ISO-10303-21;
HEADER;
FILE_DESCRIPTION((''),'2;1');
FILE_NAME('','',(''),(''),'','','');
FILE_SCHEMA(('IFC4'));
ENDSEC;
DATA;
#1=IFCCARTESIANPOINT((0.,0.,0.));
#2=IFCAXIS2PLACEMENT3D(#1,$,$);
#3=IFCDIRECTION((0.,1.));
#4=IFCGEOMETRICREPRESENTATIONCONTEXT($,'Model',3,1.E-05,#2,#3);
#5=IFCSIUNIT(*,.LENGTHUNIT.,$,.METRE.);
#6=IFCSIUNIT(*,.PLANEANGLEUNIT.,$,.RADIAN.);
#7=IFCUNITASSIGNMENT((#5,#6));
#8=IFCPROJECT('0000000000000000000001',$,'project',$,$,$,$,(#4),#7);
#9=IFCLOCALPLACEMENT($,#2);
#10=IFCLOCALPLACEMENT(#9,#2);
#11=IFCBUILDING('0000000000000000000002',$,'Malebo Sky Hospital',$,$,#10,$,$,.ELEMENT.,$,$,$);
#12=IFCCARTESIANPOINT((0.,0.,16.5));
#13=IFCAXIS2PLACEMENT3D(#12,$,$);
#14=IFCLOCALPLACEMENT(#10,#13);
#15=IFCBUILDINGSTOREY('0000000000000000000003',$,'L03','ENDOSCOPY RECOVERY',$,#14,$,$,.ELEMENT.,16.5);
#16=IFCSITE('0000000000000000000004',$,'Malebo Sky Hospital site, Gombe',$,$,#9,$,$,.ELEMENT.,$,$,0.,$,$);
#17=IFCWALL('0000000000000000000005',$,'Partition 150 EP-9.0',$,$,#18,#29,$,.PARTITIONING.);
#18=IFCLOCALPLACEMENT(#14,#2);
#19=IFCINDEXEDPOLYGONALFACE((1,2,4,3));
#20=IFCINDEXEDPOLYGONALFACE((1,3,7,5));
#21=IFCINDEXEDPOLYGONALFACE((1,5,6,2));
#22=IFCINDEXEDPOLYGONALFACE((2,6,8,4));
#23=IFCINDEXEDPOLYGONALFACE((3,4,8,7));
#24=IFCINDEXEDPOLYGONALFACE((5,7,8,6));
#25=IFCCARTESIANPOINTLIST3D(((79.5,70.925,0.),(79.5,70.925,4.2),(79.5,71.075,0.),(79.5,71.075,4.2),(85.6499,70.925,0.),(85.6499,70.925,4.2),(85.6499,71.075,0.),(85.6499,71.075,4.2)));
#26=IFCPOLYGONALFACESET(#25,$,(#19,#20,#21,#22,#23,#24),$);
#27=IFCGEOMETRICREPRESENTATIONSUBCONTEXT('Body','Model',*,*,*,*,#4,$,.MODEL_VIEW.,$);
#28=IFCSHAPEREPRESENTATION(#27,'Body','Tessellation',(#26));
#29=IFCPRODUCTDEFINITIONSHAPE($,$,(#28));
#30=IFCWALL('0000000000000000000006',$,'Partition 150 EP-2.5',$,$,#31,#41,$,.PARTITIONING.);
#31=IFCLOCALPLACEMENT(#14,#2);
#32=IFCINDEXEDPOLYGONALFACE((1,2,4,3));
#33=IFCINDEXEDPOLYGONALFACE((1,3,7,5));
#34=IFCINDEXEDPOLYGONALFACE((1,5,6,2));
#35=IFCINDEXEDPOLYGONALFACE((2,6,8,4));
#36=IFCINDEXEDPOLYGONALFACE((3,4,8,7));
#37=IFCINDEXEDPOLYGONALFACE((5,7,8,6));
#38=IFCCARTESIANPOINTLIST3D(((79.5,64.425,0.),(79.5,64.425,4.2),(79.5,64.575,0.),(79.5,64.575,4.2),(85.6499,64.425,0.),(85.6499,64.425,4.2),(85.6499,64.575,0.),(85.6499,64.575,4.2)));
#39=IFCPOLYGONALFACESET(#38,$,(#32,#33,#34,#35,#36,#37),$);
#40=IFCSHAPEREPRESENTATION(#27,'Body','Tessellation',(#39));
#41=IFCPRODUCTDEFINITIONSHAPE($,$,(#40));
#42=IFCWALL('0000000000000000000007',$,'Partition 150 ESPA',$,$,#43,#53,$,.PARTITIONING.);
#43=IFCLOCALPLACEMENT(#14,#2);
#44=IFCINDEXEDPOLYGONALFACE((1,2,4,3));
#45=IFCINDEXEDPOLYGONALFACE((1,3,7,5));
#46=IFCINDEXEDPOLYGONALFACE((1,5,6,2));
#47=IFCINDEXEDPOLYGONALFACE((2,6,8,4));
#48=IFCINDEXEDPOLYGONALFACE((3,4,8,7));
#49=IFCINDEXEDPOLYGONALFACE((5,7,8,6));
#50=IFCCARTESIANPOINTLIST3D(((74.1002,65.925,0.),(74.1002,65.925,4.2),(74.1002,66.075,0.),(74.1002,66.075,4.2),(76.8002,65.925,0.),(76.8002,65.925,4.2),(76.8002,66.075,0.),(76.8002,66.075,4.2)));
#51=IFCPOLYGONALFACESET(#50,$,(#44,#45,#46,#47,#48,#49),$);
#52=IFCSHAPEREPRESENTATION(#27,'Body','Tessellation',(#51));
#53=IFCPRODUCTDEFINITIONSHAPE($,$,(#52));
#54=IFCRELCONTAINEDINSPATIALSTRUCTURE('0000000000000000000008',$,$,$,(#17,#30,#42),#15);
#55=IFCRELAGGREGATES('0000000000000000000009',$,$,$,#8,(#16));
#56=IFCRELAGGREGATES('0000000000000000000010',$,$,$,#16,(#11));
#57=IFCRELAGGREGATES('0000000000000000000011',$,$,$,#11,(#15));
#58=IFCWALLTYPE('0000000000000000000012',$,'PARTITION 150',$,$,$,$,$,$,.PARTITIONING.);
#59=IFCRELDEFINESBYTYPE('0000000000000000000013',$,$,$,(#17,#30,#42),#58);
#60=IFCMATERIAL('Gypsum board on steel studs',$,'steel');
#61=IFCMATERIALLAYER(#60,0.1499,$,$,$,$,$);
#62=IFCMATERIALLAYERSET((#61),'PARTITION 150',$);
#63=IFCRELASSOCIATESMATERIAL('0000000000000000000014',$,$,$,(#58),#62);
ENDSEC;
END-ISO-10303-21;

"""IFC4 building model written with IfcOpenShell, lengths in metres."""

from ifc_helpers import new_model, si_unit, direction, frame, frame_2d, origin, place, context, subcontext, project, spatial, rectangle, extrude, material, layer, layer_set, type_object, element, save


model = new_model("IFC4")

# Units and contexts
model_context = context("Model", 3, precision=1e-05, world=origin(), true_north=direction((0.0, 1.0)))
body_context = subcontext(model_context, "Body", "Model", "MODEL_VIEW")
ifc_project = project(units=[si_unit("LENGTHUNIT", "METRE"), si_unit("PLANEANGLEUNIT", "RADIAN")], contexts=[model_context])

# Site, building, storey
site_placement = place(None, origin())
site = spatial("IfcSite", under=ifc_project, at=site_placement, Name="Malebo Sky Hospital site, Gombe", CompositionType="ELEMENT", RefElevation=0.0)
building_placement = place(site_placement, origin())
building = spatial("IfcBuilding", under=site, at=building_placement, Name="Malebo Sky Hospital", CompositionType="ELEMENT")
storey_placement = place(building_placement, frame((0.0, 0.0, 16.5)))
storey = spatial("IfcBuildingStorey", under=building, at=storey_placement, Name="L03", Description="ENDOSCOPY RECOVERY", CompositionType="ELEMENT", Elevation=16.5)

# Shared definitions
ifc_material_1 = material(Name="Gypsum board on steel studs", Category="steel")

# Walls
ifc_layer_1 = layer(ifc_material_1, 0.1499)
ifc_layer_set_1 = layer_set([ifc_layer_1], Name="PARTITION 150")
wall_type_1 = type_object("IfcWallType", Name="PARTITION 150", PredefinedType="PARTITIONING", material=ifc_layer_set_1)
for number, where, z_axis, x_axis, name in (
    (1, (79.5, 71.0, 0.0), (0.0, 0.0, 1.0), (1.0, 0.0, 0.0), "Partition 150 EP-9.0"),
    (2, (79.5, 64.5, 0.0), (0.0, 0.0, 1.0), (1.0, 0.0, 0.0), "Partition 150 EP-2.5"),
):
    element("IfcWall", number, at=place(storey_placement, frame(where, z_axis=z_axis, x_axis=x_axis)), inside=storey, type_object=wall_type_1, Name=name, PredefinedType="PARTITIONING", context=body_context, shape_type="SweptSolid", body=[
        extrude(rectangle(XDim=6.1499, YDim=0.1499, at=frame_2d((3.075, 0.0))), origin(), (0.0, 0.0, 1.0), 4.2),
    ])
wall_1_placement = place(storey_placement, frame((74.1001, 66.0, 0.0), z_axis=(0.0, 0.0, 1.0), x_axis=(1.0, 0.0, 0.0)))
element("IfcWall", 3, at=wall_1_placement, inside=storey, type_object=wall_type_1, Name="Partition 150 ESPA", PredefinedType="PARTITIONING", context=body_context, shape_type="SweptSolid", body=[
    extrude(rectangle(XDim=2.7, YDim=0.1499, at=frame_2d((1.3501, 0.0))), origin(), (0.0, 0.0, 1.0), 4.2),
])

save(model, "model.ifc")
